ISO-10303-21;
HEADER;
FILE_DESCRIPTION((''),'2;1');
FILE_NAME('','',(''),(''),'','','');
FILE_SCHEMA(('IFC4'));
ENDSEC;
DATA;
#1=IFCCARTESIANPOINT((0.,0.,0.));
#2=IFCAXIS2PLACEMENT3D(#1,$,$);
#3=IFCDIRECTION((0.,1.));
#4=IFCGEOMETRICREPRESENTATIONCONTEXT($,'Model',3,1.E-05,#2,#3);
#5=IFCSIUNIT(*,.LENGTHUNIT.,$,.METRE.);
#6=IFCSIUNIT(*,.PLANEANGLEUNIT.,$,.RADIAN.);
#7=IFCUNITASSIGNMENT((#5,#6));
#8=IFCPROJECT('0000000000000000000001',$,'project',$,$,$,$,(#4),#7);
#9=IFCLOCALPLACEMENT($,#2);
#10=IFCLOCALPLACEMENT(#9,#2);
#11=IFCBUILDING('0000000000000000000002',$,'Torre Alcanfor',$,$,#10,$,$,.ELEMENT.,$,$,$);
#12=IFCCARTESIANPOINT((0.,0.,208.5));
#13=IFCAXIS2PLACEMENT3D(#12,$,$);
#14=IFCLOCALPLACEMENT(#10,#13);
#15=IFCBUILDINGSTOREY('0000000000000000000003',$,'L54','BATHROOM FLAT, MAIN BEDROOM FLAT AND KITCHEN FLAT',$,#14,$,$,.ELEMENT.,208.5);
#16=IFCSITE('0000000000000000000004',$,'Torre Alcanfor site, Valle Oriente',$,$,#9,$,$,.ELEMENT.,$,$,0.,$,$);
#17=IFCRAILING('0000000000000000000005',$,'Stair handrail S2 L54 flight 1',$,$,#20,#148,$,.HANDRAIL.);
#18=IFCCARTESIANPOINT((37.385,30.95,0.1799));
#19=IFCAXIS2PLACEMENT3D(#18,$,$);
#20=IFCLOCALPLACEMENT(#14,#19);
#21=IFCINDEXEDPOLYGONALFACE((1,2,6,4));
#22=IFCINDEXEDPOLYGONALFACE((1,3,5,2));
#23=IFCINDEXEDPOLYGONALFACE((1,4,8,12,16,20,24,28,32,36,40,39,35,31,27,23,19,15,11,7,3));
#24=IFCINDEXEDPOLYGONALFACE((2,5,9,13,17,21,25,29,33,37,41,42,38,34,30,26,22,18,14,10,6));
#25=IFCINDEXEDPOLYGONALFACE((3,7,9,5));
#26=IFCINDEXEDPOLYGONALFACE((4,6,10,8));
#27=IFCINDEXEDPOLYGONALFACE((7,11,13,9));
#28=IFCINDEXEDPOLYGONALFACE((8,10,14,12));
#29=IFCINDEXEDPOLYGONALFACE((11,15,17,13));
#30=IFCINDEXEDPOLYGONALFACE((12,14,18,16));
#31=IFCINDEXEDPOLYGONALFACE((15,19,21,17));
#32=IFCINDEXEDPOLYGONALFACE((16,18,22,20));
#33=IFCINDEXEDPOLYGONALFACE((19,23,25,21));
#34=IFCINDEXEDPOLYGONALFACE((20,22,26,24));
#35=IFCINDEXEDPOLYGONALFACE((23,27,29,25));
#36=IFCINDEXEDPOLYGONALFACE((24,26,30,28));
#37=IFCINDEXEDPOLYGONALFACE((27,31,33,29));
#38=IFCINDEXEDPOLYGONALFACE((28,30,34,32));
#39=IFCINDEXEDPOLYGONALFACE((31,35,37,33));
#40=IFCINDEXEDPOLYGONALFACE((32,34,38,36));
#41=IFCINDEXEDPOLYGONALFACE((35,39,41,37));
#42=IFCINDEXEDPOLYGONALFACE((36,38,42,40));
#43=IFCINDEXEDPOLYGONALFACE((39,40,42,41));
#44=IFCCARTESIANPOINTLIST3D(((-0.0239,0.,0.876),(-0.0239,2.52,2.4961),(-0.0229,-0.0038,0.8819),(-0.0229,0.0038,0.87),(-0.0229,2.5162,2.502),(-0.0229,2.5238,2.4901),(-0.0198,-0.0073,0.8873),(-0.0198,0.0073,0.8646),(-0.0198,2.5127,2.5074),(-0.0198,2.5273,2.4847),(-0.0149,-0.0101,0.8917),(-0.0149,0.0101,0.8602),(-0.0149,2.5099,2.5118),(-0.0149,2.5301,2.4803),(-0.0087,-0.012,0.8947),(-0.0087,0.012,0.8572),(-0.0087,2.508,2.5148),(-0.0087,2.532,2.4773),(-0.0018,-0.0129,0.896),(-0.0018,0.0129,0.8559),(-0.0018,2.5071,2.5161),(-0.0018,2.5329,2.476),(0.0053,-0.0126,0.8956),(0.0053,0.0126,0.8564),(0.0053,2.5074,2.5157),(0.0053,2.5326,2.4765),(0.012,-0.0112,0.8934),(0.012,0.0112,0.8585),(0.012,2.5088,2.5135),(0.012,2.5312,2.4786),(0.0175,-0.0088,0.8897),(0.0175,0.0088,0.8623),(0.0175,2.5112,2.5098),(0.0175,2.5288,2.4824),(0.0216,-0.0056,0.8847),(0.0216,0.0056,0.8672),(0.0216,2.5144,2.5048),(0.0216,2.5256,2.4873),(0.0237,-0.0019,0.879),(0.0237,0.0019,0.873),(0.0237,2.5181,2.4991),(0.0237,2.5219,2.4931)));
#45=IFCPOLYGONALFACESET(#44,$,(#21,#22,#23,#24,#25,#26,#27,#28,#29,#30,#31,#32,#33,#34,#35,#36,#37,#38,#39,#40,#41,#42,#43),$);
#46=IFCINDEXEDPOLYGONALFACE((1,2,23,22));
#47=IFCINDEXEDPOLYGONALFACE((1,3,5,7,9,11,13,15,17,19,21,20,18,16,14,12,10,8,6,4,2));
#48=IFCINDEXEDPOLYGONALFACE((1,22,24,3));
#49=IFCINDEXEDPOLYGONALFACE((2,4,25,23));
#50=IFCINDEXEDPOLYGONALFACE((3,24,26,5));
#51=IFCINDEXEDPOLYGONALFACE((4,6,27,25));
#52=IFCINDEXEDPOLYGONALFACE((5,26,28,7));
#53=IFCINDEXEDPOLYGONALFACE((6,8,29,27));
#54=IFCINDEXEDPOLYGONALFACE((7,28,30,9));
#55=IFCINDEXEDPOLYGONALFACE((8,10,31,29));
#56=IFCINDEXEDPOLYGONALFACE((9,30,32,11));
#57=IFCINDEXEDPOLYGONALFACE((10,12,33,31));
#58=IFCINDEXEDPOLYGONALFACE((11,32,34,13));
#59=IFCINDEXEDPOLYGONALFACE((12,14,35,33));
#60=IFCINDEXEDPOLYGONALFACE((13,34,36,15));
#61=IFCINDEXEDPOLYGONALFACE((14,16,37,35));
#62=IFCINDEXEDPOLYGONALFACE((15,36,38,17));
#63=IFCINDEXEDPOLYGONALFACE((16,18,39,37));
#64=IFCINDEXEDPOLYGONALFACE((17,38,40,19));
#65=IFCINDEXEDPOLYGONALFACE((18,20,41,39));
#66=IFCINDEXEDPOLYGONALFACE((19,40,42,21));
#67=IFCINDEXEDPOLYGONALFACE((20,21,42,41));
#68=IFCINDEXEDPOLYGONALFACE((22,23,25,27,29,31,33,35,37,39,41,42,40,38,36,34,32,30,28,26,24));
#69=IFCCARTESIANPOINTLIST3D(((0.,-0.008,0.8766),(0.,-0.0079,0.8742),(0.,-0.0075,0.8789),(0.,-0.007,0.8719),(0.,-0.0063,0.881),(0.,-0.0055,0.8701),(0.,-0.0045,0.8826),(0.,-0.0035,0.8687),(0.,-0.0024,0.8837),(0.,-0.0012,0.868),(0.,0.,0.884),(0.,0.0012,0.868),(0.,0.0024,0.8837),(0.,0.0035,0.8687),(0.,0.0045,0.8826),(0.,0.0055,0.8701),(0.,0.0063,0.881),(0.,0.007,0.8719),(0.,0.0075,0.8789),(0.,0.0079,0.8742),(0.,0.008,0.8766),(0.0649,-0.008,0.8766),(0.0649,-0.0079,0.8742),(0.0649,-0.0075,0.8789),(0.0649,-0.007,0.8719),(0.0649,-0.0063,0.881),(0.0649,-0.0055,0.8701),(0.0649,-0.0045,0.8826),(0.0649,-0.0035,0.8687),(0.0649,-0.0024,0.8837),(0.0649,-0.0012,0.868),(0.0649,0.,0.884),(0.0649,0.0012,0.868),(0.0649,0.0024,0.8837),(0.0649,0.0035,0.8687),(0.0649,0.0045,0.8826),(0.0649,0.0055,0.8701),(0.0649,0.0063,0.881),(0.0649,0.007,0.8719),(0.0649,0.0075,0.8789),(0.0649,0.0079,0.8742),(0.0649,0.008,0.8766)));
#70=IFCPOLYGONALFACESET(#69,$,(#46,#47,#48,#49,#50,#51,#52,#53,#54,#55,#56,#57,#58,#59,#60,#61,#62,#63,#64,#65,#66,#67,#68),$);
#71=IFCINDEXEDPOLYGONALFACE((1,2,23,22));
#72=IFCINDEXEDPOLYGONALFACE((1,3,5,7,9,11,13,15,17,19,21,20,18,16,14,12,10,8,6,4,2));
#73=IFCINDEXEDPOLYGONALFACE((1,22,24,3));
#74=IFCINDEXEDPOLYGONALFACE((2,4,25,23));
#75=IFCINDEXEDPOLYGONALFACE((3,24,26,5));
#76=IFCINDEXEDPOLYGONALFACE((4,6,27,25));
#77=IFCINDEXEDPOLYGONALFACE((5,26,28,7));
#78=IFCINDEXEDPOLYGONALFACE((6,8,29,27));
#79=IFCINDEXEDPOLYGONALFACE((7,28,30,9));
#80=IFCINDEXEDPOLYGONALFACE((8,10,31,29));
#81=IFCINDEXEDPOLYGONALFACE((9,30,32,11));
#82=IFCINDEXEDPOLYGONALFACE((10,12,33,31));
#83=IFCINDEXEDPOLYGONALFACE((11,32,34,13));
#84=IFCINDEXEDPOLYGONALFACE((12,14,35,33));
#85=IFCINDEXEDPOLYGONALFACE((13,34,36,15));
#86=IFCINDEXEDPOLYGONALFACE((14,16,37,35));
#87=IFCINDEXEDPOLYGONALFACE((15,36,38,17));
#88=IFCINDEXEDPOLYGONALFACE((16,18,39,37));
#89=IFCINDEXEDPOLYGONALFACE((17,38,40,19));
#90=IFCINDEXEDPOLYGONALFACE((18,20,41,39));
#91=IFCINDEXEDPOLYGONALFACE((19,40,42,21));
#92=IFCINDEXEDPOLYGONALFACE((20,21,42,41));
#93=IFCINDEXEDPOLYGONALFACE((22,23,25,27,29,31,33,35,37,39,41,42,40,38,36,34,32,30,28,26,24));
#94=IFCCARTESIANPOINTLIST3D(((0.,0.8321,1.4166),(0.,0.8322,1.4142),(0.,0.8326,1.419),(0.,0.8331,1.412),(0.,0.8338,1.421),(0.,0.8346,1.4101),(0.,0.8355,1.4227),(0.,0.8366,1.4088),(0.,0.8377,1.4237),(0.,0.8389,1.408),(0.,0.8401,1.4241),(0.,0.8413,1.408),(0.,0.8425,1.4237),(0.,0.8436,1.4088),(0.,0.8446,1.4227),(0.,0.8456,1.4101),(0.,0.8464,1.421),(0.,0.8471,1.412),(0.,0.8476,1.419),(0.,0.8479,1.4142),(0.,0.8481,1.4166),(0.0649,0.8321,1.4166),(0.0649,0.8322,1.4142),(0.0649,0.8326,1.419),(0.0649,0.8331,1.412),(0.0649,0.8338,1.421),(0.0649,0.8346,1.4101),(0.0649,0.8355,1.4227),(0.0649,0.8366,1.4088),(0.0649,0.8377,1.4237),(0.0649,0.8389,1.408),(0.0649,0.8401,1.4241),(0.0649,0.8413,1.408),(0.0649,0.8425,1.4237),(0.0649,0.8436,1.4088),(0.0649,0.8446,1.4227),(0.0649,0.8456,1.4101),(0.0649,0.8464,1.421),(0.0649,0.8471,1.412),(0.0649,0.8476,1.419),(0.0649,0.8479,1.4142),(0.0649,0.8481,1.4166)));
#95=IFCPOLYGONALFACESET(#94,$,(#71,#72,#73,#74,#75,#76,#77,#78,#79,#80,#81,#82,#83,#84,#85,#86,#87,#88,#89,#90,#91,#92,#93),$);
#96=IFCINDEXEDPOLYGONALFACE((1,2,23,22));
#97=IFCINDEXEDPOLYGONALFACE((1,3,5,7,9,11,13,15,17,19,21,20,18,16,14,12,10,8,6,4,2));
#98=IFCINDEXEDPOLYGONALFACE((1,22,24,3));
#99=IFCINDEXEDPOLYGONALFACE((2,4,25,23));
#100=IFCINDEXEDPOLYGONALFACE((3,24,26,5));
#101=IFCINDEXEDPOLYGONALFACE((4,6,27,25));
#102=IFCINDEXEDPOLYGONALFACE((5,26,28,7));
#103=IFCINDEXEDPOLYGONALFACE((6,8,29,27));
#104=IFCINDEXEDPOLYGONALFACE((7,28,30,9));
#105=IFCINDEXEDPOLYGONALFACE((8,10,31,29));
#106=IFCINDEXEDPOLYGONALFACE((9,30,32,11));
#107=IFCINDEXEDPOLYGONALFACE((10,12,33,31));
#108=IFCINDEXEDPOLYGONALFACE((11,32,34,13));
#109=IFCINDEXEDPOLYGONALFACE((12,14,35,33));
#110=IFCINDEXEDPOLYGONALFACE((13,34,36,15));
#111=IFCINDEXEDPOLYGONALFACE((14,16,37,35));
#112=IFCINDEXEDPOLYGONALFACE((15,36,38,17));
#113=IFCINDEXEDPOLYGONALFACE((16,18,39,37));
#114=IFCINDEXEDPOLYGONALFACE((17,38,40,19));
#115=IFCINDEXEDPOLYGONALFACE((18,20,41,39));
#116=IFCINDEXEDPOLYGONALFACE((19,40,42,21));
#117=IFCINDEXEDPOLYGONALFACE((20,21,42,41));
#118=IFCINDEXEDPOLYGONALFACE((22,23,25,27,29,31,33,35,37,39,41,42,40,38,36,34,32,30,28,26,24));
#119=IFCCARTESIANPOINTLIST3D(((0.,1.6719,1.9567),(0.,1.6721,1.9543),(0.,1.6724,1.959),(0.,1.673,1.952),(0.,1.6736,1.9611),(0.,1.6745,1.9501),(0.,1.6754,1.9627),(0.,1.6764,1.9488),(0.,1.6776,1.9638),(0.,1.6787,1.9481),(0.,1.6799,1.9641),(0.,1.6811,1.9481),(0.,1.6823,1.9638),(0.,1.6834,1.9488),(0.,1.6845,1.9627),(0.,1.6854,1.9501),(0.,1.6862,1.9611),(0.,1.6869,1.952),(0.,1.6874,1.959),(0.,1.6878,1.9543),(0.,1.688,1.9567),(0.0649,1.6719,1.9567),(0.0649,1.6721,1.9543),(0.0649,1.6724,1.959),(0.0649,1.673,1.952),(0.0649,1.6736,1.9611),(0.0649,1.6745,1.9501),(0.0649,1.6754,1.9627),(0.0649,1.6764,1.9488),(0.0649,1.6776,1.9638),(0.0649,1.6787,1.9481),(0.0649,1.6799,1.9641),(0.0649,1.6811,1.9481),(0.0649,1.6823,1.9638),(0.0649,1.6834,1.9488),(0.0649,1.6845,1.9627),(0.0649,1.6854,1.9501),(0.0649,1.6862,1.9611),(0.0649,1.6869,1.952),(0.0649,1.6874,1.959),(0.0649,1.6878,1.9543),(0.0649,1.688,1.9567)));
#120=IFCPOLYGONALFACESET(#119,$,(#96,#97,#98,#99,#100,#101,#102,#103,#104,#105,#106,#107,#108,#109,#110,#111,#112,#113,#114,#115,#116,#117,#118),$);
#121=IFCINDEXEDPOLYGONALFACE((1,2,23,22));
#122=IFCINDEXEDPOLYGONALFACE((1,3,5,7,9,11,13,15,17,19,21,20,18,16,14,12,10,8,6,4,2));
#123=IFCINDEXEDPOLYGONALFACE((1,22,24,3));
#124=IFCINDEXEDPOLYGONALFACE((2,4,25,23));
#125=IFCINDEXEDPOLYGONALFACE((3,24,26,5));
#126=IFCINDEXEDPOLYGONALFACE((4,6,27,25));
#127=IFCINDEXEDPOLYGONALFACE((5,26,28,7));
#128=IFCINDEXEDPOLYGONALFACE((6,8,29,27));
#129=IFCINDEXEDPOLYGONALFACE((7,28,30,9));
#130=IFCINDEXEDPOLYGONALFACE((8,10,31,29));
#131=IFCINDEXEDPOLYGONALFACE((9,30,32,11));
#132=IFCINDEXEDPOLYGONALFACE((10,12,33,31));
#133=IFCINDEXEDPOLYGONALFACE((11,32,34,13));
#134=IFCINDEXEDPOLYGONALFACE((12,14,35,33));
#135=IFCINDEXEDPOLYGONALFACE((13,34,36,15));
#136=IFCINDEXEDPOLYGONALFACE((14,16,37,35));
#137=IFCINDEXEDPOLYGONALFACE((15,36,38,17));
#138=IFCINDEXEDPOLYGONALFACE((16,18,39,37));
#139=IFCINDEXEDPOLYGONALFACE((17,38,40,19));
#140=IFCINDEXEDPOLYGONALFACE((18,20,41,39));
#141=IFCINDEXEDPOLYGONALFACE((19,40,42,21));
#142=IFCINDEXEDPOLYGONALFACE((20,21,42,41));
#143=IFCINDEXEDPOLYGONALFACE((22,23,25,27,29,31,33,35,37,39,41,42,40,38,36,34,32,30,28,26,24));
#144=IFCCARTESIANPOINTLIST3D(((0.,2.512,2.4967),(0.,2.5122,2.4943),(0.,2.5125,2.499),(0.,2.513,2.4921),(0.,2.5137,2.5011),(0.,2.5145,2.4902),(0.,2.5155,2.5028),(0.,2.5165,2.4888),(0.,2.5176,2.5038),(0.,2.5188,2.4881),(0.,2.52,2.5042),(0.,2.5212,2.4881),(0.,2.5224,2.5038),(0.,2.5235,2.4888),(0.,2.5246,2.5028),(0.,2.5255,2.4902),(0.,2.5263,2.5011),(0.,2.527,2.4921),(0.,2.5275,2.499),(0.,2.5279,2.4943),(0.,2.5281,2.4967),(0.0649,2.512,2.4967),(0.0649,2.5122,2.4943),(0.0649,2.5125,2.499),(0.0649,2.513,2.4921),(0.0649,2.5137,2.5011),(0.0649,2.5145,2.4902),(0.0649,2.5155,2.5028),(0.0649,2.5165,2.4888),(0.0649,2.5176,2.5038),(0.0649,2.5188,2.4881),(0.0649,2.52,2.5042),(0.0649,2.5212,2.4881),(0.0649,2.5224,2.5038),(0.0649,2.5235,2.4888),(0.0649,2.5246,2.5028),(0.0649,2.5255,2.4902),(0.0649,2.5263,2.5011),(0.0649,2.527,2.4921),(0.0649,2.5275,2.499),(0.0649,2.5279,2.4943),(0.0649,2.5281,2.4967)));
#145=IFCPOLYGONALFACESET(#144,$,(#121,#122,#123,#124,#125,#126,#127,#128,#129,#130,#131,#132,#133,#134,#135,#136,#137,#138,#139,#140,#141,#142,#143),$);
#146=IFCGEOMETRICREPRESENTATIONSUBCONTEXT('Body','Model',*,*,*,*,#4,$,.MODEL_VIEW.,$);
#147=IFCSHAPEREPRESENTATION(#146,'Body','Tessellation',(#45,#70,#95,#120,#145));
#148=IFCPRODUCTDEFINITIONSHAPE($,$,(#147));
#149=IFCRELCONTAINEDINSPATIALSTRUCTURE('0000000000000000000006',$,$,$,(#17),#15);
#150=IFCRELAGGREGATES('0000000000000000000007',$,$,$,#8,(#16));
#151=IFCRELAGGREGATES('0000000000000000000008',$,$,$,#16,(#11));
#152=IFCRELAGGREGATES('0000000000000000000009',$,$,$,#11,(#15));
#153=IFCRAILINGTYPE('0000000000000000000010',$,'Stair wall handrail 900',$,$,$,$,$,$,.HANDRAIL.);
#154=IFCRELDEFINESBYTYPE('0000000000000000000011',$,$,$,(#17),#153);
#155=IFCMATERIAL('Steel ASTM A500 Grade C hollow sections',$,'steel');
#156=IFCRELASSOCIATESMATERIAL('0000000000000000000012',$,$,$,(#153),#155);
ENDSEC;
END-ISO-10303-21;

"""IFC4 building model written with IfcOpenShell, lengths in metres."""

from ifc_helpers import new_model, si_unit, direction, frame, origin, origin_2d, place, context, subcontext, project, spatial, circle, extrude, material, type_object, element, save


model = new_model("IFC4")

# Units and contexts
model_context = context("Model", 3, precision=1e-05, world=origin(), true_north=direction((0.0, 1.0)))
body_context = subcontext(model_context, "Body", "Model", "MODEL_VIEW")
ifc_project = project(units=[si_unit("LENGTHUNIT", "METRE"), si_unit("PLANEANGLEUNIT", "RADIAN")], contexts=[model_context])

# Site, building, storey
site_placement = place(None, origin())
site = spatial("IfcSite", under=ifc_project, at=site_placement, Name="Torre Alcanfor site, Valle Oriente", CompositionType="ELEMENT", RefElevation=0.0)
building_placement = place(site_placement, origin())
building = spatial("IfcBuilding", under=site, at=building_placement, Name="Torre Alcanfor", CompositionType="ELEMENT")
storey_placement = place(building_placement, frame((0.0, 0.0, 208.5)))
storey = spatial("IfcBuildingStorey", under=building, at=storey_placement, Name="L54", Description="BATHROOM FLAT, MAIN BEDROOM FLAT AND KITCHEN FLAT", CompositionType="ELEMENT", Elevation=208.5)

# Railing
ifc_material_1 = material(Name="Steel ASTM A500 Grade C hollow sections", Category="steel")
railing_type_1 = type_object("IfcRailingType", Name="Stair wall handrail 900", PredefinedType="HANDRAIL", material=ifc_material_1)
railing_1_placement = place(storey_placement, frame((37.385, 30.95, 0.1799)))
element("IfcRailing", 1, at=railing_1_placement, inside=storey, type_object=railing_type_1, Name="Stair handrail S2 L54 flight 1", PredefinedType="HANDRAIL", context=body_context, shape_type="SweptSolid", body=[
    extrude(circle(Radius=0.0239, at=origin_2d()), frame((0.0, 0.0, 0.876), z_axis=(0.0, 0.841163, 0.540782), x_axis=(-1.0, 0.0, 0.0)), (0.0, 0.0, 1.0), 2.9958),
    extrude(circle(Radius=0.0081, at=origin_2d()), frame((0.0, 0.0, 0.876), z_axis=(1.0, 0.0, 0.0), x_axis=(0.0, 0.0, 1.0)), (0.0, 0.0, 1.0), 0.0649),
    extrude(circle(Radius=0.0081, at=origin_2d()), frame((0.0, 0.8401, 1.416), z_axis=(1.0, 0.0, 0.0), x_axis=(0.0, 0.0, 1.0)), (0.0, 0.0, 1.0), 0.0649),
    extrude(circle(Radius=0.0081, at=origin_2d()), frame((0.0, 1.6799, 1.9561), z_axis=(1.0, 0.0, 0.0), x_axis=(0.0, 0.0, 1.0)), (0.0, 0.0, 1.0), 0.0649),
    extrude(circle(Radius=0.0081, at=origin_2d()), frame((0.0, 2.52, 2.4961), z_axis=(1.0, 0.0, 0.0), x_axis=(0.0, 0.0, 1.0)), (0.0, 0.0, 1.0), 0.0649),
])

save(model, "model.ifc")
